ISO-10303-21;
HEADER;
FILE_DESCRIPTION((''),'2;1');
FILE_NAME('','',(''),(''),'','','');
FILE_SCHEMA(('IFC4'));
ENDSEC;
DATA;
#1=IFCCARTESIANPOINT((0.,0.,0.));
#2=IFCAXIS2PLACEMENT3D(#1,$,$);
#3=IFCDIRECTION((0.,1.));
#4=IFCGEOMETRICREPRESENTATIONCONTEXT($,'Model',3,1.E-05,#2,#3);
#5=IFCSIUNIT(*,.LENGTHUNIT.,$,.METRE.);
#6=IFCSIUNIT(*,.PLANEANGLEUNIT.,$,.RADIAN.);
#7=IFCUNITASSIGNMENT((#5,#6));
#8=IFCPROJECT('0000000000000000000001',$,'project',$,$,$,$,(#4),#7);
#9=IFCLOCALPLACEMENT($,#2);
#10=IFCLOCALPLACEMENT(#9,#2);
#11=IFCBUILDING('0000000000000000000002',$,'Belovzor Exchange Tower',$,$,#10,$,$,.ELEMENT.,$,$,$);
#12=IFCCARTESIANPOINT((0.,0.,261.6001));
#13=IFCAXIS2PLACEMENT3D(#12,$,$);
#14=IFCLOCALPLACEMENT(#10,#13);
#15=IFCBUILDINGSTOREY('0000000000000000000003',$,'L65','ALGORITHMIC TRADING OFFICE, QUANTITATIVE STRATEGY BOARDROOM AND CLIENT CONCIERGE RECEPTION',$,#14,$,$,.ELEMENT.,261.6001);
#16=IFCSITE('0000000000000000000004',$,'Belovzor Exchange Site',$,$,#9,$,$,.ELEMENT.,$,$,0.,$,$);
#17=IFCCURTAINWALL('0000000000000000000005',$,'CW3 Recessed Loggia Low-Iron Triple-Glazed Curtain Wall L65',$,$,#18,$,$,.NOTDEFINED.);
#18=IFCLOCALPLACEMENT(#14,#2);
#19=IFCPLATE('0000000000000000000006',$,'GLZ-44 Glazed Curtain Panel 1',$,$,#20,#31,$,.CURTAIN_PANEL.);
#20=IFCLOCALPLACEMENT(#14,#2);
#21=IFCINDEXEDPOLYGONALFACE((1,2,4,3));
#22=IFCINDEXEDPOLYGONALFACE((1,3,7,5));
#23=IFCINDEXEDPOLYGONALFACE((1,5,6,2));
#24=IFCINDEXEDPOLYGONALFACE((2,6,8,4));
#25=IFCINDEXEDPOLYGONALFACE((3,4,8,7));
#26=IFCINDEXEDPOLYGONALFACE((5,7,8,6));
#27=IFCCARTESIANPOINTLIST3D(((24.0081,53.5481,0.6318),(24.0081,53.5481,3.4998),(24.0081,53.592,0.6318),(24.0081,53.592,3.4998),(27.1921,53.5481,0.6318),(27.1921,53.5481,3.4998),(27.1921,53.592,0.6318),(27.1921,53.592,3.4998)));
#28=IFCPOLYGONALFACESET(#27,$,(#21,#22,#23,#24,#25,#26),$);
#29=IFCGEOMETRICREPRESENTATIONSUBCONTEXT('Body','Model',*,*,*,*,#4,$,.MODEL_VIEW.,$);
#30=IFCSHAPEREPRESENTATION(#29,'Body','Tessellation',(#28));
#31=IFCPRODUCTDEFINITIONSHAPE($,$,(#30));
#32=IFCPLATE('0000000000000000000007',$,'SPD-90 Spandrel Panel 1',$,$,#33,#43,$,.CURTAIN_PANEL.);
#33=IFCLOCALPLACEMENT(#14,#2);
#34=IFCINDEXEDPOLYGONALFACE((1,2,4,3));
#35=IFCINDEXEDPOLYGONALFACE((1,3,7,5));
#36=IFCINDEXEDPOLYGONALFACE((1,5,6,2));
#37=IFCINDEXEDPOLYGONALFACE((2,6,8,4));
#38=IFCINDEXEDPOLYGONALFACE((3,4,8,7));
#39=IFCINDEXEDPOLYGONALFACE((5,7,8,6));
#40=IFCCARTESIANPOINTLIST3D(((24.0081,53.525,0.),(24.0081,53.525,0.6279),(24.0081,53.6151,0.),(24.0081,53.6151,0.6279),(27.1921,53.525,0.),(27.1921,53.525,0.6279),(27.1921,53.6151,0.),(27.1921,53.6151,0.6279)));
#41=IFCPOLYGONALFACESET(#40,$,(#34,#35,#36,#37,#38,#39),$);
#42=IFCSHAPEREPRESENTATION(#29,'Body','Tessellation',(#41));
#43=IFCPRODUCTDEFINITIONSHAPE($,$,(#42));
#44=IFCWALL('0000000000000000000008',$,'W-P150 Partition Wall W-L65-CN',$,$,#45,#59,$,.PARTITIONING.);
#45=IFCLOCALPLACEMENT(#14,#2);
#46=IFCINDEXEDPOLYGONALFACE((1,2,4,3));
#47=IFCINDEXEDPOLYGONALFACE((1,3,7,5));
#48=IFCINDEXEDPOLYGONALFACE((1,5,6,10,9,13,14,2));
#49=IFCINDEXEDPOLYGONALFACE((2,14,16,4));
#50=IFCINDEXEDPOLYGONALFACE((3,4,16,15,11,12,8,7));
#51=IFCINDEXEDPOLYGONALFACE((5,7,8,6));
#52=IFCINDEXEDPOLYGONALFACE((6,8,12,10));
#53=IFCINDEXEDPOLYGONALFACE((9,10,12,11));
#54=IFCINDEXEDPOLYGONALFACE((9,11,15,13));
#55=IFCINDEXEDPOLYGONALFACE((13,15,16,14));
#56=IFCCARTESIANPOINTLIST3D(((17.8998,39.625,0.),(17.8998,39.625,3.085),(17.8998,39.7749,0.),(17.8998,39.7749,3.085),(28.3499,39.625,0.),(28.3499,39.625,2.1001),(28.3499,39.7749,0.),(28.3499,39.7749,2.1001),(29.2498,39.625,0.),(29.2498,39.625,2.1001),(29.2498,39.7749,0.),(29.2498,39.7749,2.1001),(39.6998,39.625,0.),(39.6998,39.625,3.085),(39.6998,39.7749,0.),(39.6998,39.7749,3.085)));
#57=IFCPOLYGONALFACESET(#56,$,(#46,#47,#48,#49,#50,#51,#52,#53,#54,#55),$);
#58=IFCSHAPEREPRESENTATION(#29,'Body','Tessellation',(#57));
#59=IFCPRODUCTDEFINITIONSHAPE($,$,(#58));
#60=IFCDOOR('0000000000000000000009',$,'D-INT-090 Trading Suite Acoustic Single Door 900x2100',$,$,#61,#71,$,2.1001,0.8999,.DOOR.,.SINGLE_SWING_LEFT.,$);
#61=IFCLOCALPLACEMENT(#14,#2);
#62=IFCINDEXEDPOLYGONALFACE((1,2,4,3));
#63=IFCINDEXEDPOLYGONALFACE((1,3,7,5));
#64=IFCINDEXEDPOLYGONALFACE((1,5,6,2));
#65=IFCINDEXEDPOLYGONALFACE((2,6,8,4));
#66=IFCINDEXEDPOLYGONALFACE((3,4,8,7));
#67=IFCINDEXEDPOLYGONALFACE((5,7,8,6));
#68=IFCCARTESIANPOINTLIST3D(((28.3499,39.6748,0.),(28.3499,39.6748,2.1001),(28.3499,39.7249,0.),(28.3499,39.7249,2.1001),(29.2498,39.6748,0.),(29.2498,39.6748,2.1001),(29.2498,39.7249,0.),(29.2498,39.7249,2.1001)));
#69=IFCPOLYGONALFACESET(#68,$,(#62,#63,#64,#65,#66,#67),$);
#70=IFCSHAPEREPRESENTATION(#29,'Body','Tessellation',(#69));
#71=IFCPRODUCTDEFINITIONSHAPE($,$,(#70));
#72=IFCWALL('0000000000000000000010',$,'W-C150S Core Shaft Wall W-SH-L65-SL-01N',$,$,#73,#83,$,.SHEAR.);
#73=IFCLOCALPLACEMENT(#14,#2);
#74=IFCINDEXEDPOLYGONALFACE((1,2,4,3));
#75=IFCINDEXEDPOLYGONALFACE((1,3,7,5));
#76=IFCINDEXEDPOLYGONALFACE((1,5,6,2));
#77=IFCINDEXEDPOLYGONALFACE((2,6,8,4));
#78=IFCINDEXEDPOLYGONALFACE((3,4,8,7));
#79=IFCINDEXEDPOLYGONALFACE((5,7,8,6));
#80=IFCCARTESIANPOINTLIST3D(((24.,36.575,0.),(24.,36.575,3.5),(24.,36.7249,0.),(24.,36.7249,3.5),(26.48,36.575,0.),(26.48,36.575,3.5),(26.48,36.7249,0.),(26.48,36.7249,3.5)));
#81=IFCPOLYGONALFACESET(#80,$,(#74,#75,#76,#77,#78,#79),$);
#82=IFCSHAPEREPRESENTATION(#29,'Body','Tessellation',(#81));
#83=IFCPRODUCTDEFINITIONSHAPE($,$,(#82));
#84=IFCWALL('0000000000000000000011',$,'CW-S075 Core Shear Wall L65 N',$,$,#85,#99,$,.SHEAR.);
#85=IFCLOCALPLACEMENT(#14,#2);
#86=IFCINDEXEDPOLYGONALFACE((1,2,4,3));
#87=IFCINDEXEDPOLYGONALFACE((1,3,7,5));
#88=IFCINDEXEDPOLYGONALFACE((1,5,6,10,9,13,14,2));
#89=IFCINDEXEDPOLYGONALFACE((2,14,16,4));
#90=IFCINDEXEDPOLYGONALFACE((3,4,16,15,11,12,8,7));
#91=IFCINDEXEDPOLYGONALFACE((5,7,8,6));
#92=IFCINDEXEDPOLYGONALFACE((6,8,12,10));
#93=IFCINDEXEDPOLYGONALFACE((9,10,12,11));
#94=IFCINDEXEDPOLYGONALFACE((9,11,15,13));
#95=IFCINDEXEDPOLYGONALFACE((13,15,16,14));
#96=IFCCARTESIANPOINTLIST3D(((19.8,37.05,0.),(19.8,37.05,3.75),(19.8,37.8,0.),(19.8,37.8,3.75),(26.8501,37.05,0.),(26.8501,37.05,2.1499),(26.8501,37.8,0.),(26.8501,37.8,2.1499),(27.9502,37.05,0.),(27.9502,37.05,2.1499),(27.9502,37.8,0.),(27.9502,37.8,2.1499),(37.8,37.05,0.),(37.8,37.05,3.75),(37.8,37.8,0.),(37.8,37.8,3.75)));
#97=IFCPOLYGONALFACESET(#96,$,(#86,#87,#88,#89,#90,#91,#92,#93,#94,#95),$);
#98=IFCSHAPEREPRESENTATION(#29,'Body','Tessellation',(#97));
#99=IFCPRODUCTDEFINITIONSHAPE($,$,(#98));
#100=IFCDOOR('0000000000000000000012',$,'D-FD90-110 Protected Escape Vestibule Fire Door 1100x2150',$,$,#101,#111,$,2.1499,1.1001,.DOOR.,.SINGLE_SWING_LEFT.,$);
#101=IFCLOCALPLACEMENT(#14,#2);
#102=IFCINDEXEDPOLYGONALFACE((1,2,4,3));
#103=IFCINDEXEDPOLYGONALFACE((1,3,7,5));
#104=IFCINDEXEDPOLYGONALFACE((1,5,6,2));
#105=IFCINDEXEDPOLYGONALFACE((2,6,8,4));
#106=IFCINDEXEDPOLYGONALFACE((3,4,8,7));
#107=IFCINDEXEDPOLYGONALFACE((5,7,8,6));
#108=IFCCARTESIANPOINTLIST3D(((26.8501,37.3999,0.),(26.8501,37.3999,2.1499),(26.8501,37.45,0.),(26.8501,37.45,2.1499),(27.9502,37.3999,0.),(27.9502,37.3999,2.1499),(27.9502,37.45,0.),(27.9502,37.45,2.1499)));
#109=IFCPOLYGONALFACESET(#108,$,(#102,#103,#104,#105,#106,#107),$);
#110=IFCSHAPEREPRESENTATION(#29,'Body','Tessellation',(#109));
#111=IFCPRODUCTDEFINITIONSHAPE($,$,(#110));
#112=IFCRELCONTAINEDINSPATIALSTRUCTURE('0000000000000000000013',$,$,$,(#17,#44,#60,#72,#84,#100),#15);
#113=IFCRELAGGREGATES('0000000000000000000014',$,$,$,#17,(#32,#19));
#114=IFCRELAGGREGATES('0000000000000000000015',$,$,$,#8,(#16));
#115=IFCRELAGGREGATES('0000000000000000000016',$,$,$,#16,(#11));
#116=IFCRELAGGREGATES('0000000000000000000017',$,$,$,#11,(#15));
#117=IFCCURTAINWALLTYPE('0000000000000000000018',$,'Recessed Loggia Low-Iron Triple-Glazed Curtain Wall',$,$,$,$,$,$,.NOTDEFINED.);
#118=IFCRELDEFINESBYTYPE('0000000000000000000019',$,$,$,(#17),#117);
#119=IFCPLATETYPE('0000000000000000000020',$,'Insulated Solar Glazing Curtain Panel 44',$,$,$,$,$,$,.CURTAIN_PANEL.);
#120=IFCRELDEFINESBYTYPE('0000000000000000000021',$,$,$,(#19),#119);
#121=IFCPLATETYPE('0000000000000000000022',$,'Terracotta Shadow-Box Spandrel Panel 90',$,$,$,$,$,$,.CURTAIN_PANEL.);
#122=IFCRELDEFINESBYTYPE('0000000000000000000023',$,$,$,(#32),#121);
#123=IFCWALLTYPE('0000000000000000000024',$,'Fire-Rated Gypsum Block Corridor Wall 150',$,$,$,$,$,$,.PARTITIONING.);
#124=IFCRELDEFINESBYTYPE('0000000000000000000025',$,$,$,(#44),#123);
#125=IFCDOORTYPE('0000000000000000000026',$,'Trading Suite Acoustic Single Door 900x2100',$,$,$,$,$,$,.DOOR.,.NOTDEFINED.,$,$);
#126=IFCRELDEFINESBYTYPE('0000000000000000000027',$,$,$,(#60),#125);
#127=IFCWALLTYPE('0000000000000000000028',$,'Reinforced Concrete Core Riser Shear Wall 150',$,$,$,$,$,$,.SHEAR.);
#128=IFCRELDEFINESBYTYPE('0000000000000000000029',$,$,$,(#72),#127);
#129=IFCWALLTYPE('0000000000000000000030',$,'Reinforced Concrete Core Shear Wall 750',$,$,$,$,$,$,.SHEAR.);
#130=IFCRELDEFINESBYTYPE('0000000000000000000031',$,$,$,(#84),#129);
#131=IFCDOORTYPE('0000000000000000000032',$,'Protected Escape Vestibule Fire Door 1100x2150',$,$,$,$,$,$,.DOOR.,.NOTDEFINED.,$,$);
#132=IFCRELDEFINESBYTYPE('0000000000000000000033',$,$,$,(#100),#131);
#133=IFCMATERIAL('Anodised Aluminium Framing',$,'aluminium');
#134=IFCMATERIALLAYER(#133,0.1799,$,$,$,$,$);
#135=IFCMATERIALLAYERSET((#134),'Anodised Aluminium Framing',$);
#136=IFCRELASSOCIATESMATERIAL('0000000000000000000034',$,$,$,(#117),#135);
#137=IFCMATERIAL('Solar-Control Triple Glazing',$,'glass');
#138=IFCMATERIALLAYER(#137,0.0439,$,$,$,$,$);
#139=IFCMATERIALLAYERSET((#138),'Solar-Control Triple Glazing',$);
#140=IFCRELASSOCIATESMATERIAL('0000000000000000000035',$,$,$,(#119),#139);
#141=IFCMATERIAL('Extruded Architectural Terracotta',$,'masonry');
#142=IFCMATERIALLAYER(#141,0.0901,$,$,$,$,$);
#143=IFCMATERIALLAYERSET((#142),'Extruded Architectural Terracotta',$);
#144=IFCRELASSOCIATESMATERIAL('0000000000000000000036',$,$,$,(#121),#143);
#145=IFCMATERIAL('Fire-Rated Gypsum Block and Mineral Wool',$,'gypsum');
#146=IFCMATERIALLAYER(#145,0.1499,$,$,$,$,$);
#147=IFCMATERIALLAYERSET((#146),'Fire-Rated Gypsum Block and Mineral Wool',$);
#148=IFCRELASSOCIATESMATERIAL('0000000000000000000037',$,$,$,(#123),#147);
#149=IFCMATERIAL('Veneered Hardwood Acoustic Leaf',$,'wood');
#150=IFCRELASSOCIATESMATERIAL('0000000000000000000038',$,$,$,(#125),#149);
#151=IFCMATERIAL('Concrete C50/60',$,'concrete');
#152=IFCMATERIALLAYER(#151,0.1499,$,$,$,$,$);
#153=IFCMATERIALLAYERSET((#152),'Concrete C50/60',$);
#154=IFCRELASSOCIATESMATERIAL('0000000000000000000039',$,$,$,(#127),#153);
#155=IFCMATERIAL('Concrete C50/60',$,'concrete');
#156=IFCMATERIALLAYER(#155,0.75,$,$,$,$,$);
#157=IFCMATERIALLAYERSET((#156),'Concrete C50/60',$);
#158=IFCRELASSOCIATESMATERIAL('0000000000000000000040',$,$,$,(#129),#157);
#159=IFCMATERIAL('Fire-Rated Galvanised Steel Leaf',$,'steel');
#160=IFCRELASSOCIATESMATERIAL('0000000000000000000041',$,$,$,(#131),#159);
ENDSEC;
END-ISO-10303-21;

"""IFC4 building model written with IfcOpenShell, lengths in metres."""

from ifc_helpers import new_model, si_unit, direction, frame, frame_2d, origin, origin_2d, place, context, subcontext, project, spatial, rectangle, extrude, material, layer, layer_set, type_object, element, fill, aggregate, save


model = new_model("IFC4")

# Units and contexts
model_context = context("Model", 3, precision=1e-05, world=origin(), true_north=direction((0.0, 1.0)))
body_context = subcontext(model_context, "Body", "Model", "MODEL_VIEW")
ifc_project = project(units=[si_unit("LENGTHUNIT", "METRE"), si_unit("PLANEANGLEUNIT", "RADIAN")], contexts=[model_context])

# Site, building, storey
site_placement = place(None, origin())
site = spatial("IfcSite", under=ifc_project, at=site_placement, Name="Belovzor Exchange Site", CompositionType="ELEMENT", RefElevation=0.0)
building_placement = place(site_placement, origin())
building = spatial("IfcBuilding", under=site, at=building_placement, Name="Belovzor Exchange Tower", CompositionType="ELEMENT")
storey_placement = place(building_placement, frame((0.0, 0.0, 261.6001)))
storey = spatial("IfcBuildingStorey", under=building, at=storey_placement, Name="L65", Description="ALGORITHMIC TRADING OFFICE, QUANTITATIVE STRATEGY BOARDROOM AND CLIENT CONCIERGE RECEPTION", CompositionType="ELEMENT", Elevation=261.6001)

# Curtain wall
ifc_material_1 = material(Name="Anodised Aluminium Framing", Category="aluminium")
ifc_layer_1 = layer(ifc_material_1, 0.1799)
ifc_layer_set_1 = layer_set([ifc_layer_1], Name="Anodised Aluminium Framing")
curtain_wall_type = type_object("IfcCurtainWallType", Name="Recessed Loggia Low-Iron Triple-Glazed Curtain Wall", PredefinedType="NOTDEFINED", material=ifc_layer_set_1)
curtain_wall_placement = place(storey_placement, origin())
curtain_wall = element("IfcCurtainWall", 1, at=curtain_wall_placement, inside=storey, type_object=curtain_wall_type, Name="CW3 Recessed Loggia Low-Iron Triple-Glazed Curtain Wall L65", PredefinedType="NOTDEFINED")

# Plates
ifc_material_2 = material(Name="Solar-Control Triple Glazing", Category="glass")
ifc_layer_2 = layer(ifc_material_2, 0.0439)
ifc_layer_set_2 = layer_set([ifc_layer_2], Name="Solar-Control Triple Glazing")
plate_type_1 = type_object("IfcPlateType", Name="Insulated Solar Glazing Curtain Panel 44", PredefinedType="CURTAIN_PANEL", material=ifc_layer_set_2)
plate_1_placement = place(storey_placement, frame((25.6001, 53.5701, 0.6318), z_axis=(0.0, 0.0, 1.0), x_axis=(1.0, 0.0, 0.0)))
plate_1 = element("IfcPlate", 2, at=plate_1_placement, type_object=plate_type_1, Name="GLZ-44 Glazed Curtain Panel 1", PredefinedType="CURTAIN_PANEL", context=body_context, shape_type="SweptSolid", body=[
    extrude(rectangle(XDim=3.1841, YDim=0.0439, at=origin_2d()), origin(), (0.0, 0.0, 1.0), 2.8679),
])
ifc_material_3 = material(Name="Extruded Architectural Terracotta", Category="masonry")
ifc_layer_3 = layer(ifc_material_3, 0.0901)
ifc_layer_set_3 = layer_set([ifc_layer_3], Name="Extruded Architectural Terracotta")
plate_type_2 = type_object("IfcPlateType", Name="Terracotta Shadow-Box Spandrel Panel 90", PredefinedType="CURTAIN_PANEL", material=ifc_layer_set_3)
plate_2_placement = place(storey_placement, frame((25.6001, 53.5701, 0.0), z_axis=(0.0, 0.0, 1.0), x_axis=(1.0, 0.0, 0.0)))
plate_2 = element("IfcPlate", 3, at=plate_2_placement, type_object=plate_type_2, Name="SPD-90 Spandrel Panel 1", PredefinedType="CURTAIN_PANEL", context=body_context, shape_type="SweptSolid", body=[
    extrude(rectangle(XDim=3.1841, YDim=0.0901, at=origin_2d()), origin(), (0.0, 0.0, 1.0), 0.6279),
])
aggregate(curtain_wall, [plate_2, plate_1])

# Wall, opening, door
ifc_material_4 = material(Name="Fire-Rated Gypsum Block and Mineral Wool", Category="gypsum")
ifc_layer_4 = layer(ifc_material_4, 0.1499)
ifc_layer_set_4 = layer_set([ifc_layer_4], Name="Fire-Rated Gypsum Block and Mineral Wool")
wall_type_1 = type_object("IfcWallType", Name="Fire-Rated Gypsum Block Corridor Wall 150", PredefinedType="PARTITIONING", material=ifc_layer_set_4)
wall_1_placement = place(storey_placement, frame((17.8999, 39.7, 0.0), z_axis=(0.0, 0.0, 1.0), x_axis=(1.0, 0.0, 0.0)))
wall_1 = element("IfcWall", 4, at=wall_1_placement, inside=storey, type_object=wall_type_1, Name="W-P150 Partition Wall W-L65-CN", PredefinedType="PARTITIONING", context=body_context, shape_type="SweptSolid", body=[
    extrude(rectangle(XDim=21.8, YDim=0.1499, at=frame_2d((10.8999, 0.0))), origin(), (0.0, 0.0, 1.0), 3.085),
])
opening_1_placement = place(wall_1_placement, frame((10.45, 0.0, 0.0)))
opening_1 = element("IfcOpeningElement", 5, at=opening_1_placement, cuts=wall_1, PredefinedType="OPENING", context=body_context, shape_type="SweptSolid", body=[
    extrude(rectangle(XDim=0.8999, YDim=2.1001, at=frame_2d((0.45, 1.05))), frame((0.0, 0.085, 0.0), z_axis=(0.0, -1.0, 0.0), x_axis=(1.0, 0.0, 0.0)), (0.0, 0.0, 1.0), 0.1699),
])
ifc_material_5 = material(Name="Veneered Hardwood Acoustic Leaf", Category="wood")
door_type_1 = type_object("IfcDoorType", Name="Trading Suite Acoustic Single Door 900x2100", OperationType="NOTDEFINED", PredefinedType="DOOR", material=ifc_material_5)
door_1_placement = place(opening_1_placement, origin())
door_1 = element("IfcDoor", 6, at=door_1_placement, inside=storey, type_object=door_type_1, Name="D-INT-090 Trading Suite Acoustic Single Door 900x2100", OperationType="SINGLE_SWING_LEFT", OverallHeight=2.1001, OverallWidth=0.8999, PredefinedType="DOOR", context=body_context, shape_type="SweptSolid", body=[
    extrude(rectangle(XDim=0.8999, YDim=2.1001, at=frame_2d((0.45, 1.05))), frame((0.0, 0.0249, 0.0), z_axis=(0.0, -1.0, 0.0), x_axis=(1.0, 0.0, 0.0)), (0.0, 0.0, 1.0), 0.05),
])
fill(opening_1, door_1)

# Wall
ifc_material_6 = material(Name="Concrete C50/60", Category="concrete")
ifc_layer_5 = layer(ifc_material_6, 0.1499)
ifc_layer_set_5 = layer_set([ifc_layer_5], Name="Concrete C50/60")
wall_type_2 = type_object("IfcWallType", Name="Reinforced Concrete Core Riser Shear Wall 150", PredefinedType="SHEAR", material=ifc_layer_set_5)
wall_2_placement = place(storey_placement, frame((24.0, 36.6499, 0.0), z_axis=(0.0, 0.0, 1.0), x_axis=(1.0, 0.0, 0.0)))
element("IfcWall", 7, at=wall_2_placement, inside=storey, type_object=wall_type_2, Name="W-C150S Core Shaft Wall W-SH-L65-SL-01N", PredefinedType="SHEAR", context=body_context, shape_type="SweptSolid", body=[
    extrude(rectangle(XDim=2.48, YDim=0.1499, at=frame_2d((1.24, 0.0))), origin(), (0.0, 0.0, 1.0), 3.5),
])

# Wall, opening, door
ifc_material_7 = material(Name="Concrete C50/60", Category="concrete")
ifc_layer_6 = layer(ifc_material_7, 0.75)
ifc_layer_set_6 = layer_set([ifc_layer_6], Name="Concrete C50/60")
wall_type_3 = type_object("IfcWallType", Name="Reinforced Concrete Core Shear Wall 750", PredefinedType="SHEAR", material=ifc_layer_set_6)
wall_3_placement = place(storey_placement, frame((19.8, 37.425, 0.0), z_axis=(0.0, 0.0, 1.0), x_axis=(1.0, 0.0, 0.0)))
wall_3 = element("IfcWall", 8, at=wall_3_placement, inside=storey, type_object=wall_type_3, Name="CW-S075 Core Shear Wall L65 N", PredefinedType="SHEAR", context=body_context, shape_type="SweptSolid", body=[
    extrude(rectangle(XDim=18.0, YDim=0.75, at=frame_2d((9.0, 0.0))), origin(), (0.0, 0.0, 1.0), 3.75),
])
opening_2_placement = place(wall_3_placement, frame((7.05, 0.0, 0.0)))
opening_2 = element("IfcOpeningElement", 9, at=opening_2_placement, cuts=wall_3, PredefinedType="OPENING", context=body_context, shape_type="SweptSolid", body=[
    extrude(rectangle(XDim=1.1001, YDim=2.1499, at=frame_2d((0.55, 1.075))), frame((0.0, 0.385, 0.0), z_axis=(0.0, -1.0, 0.0), x_axis=(1.0, 0.0, 0.0)), (0.0, 0.0, 1.0), 0.77),
])
ifc_material_8 = material(Name="Fire-Rated Galvanised Steel Leaf", Category="steel")
door_type_2 = type_object("IfcDoorType", Name="Protected Escape Vestibule Fire Door 1100x2150", OperationType="NOTDEFINED", PredefinedType="DOOR", material=ifc_material_8)
door_2_placement = place(opening_2_placement, origin())
door_2 = element("IfcDoor", 10, at=door_2_placement, inside=storey, type_object=door_type_2, Name="D-FD90-110 Protected Escape Vestibule Fire Door 1100x2150", OperationType="SINGLE_SWING_LEFT", OverallHeight=2.1499, OverallWidth=1.1001, PredefinedType="DOOR", context=body_context, shape_type="SweptSolid", body=[
    extrude(rectangle(XDim=1.1001, YDim=2.1499, at=frame_2d((0.55, 1.075))), frame((0.0, 0.0249, 0.0), z_axis=(0.0, -1.0, 0.0), x_axis=(1.0, 0.0, 0.0)), (0.0, 0.0, 1.0), 0.05),
])
fill(opening_2, door_2)

save(model, "model.ifc")
